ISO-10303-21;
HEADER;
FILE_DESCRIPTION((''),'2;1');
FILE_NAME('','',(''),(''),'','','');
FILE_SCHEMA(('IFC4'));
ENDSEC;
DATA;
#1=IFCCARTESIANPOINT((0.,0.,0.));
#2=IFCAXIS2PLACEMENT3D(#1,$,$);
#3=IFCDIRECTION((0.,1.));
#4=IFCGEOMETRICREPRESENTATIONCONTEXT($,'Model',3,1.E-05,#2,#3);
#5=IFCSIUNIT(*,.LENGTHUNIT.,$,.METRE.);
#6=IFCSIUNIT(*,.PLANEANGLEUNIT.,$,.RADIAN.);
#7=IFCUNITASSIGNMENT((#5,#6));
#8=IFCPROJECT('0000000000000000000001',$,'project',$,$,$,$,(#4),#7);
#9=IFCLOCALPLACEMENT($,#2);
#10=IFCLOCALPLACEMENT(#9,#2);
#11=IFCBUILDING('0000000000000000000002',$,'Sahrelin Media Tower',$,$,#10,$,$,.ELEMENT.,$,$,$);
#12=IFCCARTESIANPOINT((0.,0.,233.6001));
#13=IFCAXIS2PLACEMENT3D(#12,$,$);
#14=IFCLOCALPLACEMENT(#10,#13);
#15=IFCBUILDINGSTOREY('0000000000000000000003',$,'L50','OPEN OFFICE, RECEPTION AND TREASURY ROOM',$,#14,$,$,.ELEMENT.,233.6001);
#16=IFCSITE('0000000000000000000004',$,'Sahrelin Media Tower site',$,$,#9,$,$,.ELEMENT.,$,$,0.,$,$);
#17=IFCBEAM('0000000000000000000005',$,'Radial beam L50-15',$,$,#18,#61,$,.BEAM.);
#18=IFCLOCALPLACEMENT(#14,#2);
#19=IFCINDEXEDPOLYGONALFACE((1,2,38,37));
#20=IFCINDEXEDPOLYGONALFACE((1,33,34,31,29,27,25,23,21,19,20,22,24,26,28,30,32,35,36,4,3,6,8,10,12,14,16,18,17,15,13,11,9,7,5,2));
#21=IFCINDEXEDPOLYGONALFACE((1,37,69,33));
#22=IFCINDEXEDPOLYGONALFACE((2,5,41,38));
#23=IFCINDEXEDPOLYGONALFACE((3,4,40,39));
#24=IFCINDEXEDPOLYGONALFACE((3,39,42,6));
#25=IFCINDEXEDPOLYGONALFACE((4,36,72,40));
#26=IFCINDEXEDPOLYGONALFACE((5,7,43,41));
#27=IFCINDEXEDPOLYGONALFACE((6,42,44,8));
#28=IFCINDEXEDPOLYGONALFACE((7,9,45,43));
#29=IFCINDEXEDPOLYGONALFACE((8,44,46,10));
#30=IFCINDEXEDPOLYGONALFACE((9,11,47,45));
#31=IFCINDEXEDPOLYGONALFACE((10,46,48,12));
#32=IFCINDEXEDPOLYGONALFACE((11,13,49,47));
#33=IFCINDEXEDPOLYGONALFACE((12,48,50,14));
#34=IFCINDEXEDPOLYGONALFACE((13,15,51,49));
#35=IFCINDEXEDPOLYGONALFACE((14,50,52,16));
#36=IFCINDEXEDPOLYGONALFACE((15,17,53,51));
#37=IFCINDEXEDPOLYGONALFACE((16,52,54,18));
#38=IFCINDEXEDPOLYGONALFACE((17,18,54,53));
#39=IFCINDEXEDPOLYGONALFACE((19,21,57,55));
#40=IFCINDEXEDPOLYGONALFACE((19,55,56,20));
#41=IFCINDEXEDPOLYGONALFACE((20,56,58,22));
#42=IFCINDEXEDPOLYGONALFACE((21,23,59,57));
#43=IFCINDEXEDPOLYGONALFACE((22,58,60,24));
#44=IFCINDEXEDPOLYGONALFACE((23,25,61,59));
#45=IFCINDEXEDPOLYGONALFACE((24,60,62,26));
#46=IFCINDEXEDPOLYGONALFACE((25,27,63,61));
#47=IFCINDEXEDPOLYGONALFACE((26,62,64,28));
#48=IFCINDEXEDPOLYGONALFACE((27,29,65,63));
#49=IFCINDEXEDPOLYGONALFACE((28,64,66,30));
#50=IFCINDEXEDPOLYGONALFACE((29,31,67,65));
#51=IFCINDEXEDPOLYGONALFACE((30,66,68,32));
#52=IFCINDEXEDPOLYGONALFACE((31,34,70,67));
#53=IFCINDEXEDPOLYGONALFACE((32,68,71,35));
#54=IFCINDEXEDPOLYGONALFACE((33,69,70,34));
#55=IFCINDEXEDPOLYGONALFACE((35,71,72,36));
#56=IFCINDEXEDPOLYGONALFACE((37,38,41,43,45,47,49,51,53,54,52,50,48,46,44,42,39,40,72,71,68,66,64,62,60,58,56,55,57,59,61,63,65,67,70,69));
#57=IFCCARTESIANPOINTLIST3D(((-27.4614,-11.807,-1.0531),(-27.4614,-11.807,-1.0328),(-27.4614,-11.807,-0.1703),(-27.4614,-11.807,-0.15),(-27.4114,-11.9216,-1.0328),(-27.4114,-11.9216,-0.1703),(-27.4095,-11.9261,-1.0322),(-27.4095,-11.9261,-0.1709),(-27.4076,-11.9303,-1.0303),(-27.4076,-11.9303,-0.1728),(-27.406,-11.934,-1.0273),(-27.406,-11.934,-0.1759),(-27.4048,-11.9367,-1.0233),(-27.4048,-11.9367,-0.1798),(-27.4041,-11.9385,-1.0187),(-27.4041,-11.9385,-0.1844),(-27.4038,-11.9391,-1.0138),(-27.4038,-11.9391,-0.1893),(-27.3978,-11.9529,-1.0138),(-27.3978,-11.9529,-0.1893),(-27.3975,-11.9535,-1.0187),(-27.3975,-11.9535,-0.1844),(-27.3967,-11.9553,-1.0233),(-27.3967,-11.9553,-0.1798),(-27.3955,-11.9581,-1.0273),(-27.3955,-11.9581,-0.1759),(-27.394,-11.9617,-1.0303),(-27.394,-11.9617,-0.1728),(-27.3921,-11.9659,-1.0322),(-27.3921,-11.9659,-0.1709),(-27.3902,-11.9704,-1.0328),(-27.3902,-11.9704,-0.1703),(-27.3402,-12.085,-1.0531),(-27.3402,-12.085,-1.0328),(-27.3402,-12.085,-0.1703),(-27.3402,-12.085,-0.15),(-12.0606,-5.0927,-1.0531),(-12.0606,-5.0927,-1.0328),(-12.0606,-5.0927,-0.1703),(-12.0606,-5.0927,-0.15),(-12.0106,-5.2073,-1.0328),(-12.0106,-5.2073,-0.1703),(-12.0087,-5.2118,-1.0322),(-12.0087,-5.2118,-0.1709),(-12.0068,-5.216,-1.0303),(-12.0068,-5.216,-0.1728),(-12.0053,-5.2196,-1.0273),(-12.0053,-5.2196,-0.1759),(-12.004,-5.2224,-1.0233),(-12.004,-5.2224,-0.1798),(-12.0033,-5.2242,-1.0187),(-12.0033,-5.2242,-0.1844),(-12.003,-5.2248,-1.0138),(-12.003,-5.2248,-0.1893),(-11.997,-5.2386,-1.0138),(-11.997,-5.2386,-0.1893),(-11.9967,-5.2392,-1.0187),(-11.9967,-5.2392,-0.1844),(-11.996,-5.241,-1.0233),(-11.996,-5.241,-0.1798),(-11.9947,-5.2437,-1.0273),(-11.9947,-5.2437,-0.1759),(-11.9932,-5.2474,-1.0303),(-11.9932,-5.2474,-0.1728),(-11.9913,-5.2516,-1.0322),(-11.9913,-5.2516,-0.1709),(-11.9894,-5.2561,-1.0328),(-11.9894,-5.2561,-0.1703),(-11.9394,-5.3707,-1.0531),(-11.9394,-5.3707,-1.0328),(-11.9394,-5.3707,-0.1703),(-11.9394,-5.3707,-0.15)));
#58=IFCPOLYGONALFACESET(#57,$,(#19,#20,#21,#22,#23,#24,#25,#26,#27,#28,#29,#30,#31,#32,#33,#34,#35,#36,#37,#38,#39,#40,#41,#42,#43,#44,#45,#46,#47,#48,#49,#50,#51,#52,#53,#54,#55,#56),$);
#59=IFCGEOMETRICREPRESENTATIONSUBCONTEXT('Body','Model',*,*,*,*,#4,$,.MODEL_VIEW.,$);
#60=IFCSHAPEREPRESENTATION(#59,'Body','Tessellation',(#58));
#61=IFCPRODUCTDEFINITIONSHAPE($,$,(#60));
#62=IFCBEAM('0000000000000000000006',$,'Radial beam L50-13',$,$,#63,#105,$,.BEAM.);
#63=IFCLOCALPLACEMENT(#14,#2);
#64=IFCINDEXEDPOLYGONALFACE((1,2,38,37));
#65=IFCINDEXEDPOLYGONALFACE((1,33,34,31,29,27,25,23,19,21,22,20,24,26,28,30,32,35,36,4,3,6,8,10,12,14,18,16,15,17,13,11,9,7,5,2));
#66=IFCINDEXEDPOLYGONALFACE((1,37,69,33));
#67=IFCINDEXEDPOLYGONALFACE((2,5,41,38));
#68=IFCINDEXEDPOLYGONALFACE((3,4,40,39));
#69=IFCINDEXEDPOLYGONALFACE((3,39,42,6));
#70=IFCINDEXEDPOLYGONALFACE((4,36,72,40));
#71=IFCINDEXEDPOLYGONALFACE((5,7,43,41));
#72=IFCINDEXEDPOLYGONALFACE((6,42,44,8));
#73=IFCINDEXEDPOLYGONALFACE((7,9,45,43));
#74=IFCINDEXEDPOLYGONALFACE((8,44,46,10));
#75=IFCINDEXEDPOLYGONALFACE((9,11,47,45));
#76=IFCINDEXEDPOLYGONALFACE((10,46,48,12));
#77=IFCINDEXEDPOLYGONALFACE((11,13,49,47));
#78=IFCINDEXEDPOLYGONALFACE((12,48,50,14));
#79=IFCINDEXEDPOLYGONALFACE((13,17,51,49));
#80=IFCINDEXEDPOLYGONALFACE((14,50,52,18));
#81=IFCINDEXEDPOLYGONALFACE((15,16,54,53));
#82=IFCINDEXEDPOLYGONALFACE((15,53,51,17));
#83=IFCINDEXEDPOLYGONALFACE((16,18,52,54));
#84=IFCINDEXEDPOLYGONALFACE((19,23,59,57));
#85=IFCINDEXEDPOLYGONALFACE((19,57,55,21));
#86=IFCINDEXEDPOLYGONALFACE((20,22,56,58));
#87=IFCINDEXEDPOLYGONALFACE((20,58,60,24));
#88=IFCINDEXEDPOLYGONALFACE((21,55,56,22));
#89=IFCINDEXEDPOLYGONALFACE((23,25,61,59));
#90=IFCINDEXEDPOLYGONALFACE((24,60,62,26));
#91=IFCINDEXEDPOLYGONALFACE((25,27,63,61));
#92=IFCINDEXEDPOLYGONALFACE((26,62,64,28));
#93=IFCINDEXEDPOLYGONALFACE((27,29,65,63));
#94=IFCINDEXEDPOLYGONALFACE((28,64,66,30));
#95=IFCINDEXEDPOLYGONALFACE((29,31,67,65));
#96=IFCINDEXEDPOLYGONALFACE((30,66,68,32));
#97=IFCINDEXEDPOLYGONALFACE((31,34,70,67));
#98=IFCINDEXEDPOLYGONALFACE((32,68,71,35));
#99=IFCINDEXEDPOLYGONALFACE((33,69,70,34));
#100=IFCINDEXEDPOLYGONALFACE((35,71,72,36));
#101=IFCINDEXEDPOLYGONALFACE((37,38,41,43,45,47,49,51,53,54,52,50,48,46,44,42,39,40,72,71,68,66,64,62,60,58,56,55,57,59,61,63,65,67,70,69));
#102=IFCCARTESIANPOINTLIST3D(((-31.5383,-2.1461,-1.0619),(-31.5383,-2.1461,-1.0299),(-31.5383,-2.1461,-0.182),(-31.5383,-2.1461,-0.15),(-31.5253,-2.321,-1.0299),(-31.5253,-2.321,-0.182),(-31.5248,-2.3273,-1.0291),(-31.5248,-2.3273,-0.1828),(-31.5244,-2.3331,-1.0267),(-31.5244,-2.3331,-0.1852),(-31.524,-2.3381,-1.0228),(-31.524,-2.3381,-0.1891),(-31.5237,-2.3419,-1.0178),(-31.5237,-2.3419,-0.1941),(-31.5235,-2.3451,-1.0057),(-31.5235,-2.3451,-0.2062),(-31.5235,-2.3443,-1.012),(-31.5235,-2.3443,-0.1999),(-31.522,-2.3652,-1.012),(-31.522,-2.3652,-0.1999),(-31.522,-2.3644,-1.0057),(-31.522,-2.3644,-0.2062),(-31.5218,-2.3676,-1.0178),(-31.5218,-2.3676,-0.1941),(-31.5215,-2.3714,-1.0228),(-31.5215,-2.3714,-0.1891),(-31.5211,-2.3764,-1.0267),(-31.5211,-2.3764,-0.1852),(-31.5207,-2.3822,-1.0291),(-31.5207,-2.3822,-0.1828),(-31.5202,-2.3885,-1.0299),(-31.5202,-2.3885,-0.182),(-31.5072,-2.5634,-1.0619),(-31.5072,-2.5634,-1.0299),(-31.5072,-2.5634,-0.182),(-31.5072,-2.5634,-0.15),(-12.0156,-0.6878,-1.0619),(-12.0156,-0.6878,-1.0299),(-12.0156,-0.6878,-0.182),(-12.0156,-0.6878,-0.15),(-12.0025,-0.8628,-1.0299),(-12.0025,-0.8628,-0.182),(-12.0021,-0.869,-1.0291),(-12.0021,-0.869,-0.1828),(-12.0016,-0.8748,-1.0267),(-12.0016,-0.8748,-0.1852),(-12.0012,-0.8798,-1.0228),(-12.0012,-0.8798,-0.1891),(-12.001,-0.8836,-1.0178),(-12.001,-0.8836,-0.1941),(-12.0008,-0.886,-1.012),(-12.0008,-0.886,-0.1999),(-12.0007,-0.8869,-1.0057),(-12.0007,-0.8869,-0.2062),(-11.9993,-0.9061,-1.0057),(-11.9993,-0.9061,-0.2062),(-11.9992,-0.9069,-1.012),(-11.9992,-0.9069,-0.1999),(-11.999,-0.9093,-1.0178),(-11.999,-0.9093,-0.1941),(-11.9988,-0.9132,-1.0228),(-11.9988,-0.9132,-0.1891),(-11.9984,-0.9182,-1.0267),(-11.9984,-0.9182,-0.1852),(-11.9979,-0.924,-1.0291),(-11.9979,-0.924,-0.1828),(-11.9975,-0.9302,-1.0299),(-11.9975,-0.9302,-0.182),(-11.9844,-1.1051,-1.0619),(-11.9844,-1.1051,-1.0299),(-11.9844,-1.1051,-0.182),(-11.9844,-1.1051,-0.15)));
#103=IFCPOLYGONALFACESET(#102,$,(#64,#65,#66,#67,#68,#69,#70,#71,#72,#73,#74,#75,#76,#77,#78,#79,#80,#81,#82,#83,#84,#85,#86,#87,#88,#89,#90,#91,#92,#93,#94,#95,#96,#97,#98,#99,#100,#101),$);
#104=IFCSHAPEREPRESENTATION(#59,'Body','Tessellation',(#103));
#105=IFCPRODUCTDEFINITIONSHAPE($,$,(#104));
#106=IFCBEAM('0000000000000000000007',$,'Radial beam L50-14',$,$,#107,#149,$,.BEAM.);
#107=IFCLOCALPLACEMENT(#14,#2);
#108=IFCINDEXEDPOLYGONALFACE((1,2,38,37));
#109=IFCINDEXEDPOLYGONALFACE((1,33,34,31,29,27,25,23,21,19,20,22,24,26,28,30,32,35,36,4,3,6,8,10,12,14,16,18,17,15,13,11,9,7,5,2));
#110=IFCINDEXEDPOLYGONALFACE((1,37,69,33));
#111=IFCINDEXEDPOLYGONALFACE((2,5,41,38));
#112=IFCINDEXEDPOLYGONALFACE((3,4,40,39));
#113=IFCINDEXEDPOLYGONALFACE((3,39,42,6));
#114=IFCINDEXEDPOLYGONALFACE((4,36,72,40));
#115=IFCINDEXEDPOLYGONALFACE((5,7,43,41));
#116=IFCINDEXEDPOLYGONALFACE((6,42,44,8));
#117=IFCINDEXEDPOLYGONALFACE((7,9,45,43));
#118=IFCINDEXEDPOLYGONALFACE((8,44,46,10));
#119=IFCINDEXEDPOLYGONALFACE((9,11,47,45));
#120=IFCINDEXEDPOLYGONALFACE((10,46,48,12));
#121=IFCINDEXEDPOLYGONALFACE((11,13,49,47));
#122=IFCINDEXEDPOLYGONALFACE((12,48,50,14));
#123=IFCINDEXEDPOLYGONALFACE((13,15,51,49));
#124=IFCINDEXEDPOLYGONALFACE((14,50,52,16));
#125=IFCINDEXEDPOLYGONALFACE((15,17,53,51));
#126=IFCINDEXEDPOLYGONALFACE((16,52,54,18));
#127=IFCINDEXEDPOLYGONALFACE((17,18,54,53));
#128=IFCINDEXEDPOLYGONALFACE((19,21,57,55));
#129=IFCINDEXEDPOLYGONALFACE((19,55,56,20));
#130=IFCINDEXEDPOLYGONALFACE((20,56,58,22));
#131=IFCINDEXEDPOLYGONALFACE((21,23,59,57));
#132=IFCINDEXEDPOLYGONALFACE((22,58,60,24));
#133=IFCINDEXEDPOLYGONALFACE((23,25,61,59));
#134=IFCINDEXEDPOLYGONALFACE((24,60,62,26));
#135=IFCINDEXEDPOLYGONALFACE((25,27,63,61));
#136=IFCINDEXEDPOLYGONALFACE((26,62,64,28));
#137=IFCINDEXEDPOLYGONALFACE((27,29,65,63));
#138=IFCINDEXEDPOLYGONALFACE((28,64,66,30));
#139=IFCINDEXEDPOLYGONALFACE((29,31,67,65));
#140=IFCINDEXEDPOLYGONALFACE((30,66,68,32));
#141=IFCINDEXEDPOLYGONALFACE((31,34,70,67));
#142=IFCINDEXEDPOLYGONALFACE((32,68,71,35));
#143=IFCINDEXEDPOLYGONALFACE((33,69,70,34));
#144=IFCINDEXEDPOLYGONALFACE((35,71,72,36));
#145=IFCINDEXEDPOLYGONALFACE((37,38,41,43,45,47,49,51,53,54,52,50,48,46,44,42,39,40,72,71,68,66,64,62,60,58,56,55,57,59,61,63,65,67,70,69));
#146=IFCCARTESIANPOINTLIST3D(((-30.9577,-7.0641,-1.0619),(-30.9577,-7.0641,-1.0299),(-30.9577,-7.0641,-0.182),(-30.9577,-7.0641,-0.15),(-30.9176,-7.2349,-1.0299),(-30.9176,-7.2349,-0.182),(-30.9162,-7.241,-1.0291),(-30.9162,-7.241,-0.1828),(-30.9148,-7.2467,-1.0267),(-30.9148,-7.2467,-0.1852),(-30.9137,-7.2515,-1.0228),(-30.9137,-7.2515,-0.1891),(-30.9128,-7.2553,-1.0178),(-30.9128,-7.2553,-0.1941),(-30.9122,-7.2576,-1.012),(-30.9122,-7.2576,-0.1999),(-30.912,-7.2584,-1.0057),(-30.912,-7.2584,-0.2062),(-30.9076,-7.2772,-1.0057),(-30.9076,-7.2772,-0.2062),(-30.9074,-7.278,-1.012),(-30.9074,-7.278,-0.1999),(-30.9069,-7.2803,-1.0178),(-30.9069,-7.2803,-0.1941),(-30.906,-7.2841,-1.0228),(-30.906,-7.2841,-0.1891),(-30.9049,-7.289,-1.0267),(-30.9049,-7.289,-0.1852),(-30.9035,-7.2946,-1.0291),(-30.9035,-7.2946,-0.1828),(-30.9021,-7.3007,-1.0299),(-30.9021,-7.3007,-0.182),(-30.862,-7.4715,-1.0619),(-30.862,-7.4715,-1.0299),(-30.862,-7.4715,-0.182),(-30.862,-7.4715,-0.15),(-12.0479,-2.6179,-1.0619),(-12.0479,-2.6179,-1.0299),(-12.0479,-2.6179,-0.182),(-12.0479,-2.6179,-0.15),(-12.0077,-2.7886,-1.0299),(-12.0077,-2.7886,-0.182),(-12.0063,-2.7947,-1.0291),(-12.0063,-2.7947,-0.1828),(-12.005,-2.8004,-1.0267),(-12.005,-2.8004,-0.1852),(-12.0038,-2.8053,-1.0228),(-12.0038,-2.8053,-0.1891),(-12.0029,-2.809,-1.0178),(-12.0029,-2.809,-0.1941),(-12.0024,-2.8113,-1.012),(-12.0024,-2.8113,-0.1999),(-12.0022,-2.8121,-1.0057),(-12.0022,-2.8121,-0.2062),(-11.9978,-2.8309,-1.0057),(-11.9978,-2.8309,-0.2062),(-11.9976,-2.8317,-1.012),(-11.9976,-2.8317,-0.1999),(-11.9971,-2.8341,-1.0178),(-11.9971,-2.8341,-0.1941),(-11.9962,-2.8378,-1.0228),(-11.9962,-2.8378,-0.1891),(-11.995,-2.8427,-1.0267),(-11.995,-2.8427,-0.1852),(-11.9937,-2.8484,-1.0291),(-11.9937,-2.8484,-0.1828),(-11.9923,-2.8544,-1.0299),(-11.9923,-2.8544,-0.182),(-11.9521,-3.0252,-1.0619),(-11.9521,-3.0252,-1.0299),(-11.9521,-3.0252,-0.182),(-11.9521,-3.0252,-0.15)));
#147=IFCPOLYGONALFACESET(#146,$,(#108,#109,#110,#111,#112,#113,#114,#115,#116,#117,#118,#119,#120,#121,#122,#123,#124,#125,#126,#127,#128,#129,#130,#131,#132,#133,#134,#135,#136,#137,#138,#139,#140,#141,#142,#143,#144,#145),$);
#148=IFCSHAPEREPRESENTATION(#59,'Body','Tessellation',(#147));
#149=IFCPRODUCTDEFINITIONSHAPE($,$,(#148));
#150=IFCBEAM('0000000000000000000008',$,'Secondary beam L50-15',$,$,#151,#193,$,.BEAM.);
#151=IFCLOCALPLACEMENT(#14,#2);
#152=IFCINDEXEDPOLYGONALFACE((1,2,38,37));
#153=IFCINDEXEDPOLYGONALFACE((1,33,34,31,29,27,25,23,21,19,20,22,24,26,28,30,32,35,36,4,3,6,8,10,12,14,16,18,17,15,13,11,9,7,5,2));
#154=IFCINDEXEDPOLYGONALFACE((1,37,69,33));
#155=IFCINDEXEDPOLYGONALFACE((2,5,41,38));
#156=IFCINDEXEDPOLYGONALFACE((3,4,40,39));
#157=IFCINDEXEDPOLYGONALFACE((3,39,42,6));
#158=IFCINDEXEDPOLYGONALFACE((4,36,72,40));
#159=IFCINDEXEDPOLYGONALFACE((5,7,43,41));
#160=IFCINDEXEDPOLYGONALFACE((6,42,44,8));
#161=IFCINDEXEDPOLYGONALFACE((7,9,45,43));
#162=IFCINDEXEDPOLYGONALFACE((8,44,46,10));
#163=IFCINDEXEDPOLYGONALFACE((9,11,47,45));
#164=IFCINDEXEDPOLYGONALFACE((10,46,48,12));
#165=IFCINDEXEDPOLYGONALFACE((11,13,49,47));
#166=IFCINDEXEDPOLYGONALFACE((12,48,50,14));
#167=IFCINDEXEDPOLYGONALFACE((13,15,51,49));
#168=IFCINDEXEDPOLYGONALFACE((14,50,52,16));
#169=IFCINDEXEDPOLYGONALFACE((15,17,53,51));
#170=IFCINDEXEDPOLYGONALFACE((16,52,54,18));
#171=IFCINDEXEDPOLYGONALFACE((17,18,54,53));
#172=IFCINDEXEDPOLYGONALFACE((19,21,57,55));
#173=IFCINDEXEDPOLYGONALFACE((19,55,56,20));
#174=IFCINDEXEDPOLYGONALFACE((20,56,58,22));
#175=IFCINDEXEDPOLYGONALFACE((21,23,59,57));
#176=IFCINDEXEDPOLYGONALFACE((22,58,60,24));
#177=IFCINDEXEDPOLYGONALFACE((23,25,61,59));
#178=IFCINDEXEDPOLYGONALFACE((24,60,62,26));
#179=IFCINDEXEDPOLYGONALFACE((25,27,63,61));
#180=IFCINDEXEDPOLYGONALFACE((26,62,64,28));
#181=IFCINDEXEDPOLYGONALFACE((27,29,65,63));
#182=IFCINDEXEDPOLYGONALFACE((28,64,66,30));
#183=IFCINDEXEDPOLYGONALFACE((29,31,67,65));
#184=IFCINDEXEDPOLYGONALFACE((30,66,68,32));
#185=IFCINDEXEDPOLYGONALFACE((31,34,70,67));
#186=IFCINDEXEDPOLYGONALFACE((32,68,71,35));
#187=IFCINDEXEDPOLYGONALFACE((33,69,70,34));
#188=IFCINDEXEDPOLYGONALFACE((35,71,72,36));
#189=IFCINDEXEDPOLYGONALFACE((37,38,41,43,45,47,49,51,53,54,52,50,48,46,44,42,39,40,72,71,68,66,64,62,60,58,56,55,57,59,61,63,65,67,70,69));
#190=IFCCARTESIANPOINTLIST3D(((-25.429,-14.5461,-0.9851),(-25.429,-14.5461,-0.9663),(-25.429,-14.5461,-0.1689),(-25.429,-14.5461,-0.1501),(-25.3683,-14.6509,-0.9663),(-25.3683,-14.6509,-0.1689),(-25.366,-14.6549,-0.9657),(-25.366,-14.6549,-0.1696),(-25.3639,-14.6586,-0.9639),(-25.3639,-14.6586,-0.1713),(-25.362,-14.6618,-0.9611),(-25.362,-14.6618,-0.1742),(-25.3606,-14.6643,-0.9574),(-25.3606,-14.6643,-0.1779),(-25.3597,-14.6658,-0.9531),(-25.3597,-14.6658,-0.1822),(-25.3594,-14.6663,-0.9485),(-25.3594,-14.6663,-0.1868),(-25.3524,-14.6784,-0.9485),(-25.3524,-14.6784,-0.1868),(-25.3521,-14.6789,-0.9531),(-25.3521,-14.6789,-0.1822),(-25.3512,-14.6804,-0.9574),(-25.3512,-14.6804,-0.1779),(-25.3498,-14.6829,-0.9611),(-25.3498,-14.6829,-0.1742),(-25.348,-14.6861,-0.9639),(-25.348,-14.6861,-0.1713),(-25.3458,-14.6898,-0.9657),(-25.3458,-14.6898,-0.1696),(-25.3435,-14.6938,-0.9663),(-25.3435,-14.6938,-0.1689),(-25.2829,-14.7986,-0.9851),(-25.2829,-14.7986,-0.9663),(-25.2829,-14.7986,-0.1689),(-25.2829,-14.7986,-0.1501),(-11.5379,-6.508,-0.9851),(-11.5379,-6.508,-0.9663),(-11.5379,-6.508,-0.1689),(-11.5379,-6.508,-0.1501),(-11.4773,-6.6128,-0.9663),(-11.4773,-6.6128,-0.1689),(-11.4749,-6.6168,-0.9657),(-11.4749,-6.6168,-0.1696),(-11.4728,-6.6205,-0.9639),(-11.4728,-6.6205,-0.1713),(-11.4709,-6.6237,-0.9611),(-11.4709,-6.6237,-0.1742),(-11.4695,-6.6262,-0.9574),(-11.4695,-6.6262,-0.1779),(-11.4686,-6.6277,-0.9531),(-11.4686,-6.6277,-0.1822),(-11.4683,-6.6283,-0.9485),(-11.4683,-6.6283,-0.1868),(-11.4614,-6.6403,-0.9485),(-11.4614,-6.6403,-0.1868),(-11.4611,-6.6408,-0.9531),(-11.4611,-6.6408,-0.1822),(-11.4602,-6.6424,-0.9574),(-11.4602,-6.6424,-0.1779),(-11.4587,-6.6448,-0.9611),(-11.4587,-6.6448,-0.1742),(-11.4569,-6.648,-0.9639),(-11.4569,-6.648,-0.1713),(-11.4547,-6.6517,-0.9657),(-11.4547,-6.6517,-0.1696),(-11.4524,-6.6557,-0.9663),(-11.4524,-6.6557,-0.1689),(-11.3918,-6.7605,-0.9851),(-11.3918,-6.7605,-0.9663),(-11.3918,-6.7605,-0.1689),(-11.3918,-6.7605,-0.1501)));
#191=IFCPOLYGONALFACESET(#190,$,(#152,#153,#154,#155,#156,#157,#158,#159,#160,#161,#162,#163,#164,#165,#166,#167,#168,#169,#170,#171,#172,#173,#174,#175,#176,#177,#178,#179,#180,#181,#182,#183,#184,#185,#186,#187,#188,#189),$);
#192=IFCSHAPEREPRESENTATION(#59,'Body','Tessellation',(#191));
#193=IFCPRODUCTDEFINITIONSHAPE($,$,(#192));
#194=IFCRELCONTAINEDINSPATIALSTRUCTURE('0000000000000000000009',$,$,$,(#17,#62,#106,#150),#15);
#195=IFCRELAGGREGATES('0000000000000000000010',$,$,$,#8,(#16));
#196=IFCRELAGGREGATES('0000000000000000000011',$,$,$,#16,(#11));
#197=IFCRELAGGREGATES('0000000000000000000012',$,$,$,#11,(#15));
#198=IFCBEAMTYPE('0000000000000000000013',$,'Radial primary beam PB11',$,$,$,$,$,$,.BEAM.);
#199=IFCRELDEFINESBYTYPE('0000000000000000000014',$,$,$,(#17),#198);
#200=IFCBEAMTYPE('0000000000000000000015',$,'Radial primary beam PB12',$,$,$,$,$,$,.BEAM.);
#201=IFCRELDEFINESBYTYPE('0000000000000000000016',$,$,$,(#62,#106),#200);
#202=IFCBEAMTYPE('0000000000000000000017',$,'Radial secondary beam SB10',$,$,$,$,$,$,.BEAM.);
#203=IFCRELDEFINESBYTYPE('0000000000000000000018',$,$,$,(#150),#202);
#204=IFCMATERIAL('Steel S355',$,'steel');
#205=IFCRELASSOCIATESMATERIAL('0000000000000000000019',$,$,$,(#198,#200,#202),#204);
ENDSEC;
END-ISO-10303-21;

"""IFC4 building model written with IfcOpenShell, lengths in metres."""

from ifc_helpers import new_model, si_unit, direction, frame, origin, origin_2d, place, context, subcontext, project, spatial, i_section, extrude, material, material_profile, profile_set, type_object, element, save


model = new_model("IFC4")

# Units and contexts
model_context = context("Model", 3, precision=1e-05, world=origin(), true_north=direction((0.0, 1.0)))
body_context = subcontext(model_context, "Body", "Model", "MODEL_VIEW")
ifc_project = project(units=[si_unit("LENGTHUNIT", "METRE"), si_unit("PLANEANGLEUNIT", "RADIAN")], contexts=[model_context])

# Site, building, storey
site_placement = place(None, origin())
site = spatial("IfcSite", under=ifc_project, at=site_placement, Name="Sahrelin Media Tower site", CompositionType="ELEMENT", RefElevation=0.0)
building_placement = place(site_placement, origin())
building = spatial("IfcBuilding", under=site, at=building_placement, Name="Sahrelin Media Tower", CompositionType="ELEMENT")
storey_placement = place(building_placement, frame((0.0, 0.0, 233.6001)))
storey = spatial("IfcBuildingStorey", under=building, at=storey_placement, Name="L50", Description="OPEN OFFICE, RECEPTION AND TREASURY ROOM", CompositionType="ELEMENT", Elevation=233.6001)

# Beams
ifc_material_1 = material(Name="Steel S355", Category="steel")
ifc_material_profile_1 = material_profile(ifc_material_1, i_section(OverallWidth=0.3032, OverallDepth=0.9031, WebThickness=0.0151, FlangeThickness=0.0203, FilletRadius=0.019, at=origin_2d()), Name="UB 914x305x201")
ifc_profile_set_1 = profile_set([ifc_material_profile_1], Name="Steel S355")
beam_type_1 = type_object("IfcBeamType", Name="Radial primary beam PB11", PredefinedType="BEAM", material=ifc_profile_set_1)
beam_1_placement = place(storey_placement, frame((-12.0, -5.2317, -0.6016), z_axis=(-0.916671, -0.399643, 0.0), x_axis=(0.399643, -0.916671, 0.0)))
element("IfcBeam", 1, at=beam_1_placement, inside=storey, type_object=beam_type_1, Name="Radial beam L50-15", PredefinedType="BEAM", context=body_context, shape_type="SweptSolid", body=[
    extrude(i_section(OverallWidth=0.3032, OverallDepth=0.9031, WebThickness=0.0151, FlangeThickness=0.0203, FilletRadius=0.019, at=origin_2d()), origin(), (0.0, 0.0, 1.0), 16.8008),
])
ifc_material_profile_2 = material_profile(ifc_material_1, i_section(OverallWidth=0.4185, OverallDepth=0.9119, WebThickness=0.0193, FlangeThickness=0.032, FilletRadius=0.0242, at=origin_2d()), Name="UB 914x419x343")
ifc_profile_set_2 = profile_set([ifc_material_profile_2], Name="Steel S355")
beam_type_2 = type_object("IfcBeamType", Name="Radial primary beam PB12", PredefinedType="BEAM", material=ifc_profile_set_2)
beam_2_placement = place(storey_placement, frame((-12.0, -0.8965, -0.606), z_axis=(-0.997222, -0.074488, 0.0), x_axis=(0.074488, -0.997222, 0.0)))
element("IfcBeam", 2, at=beam_2_placement, inside=storey, type_object=beam_type_2, Name="Radial beam L50-13", PredefinedType="BEAM", context=body_context, shape_type="SweptSolid", body=[
    extrude(i_section(OverallWidth=0.4185, OverallDepth=0.9119, WebThickness=0.0193, FlangeThickness=0.032, FilletRadius=0.0242, at=origin_2d()), origin(), (0.0, 0.0, 1.0), 19.5771),
])
beam_3_placement = place(storey_placement, frame((-12.0, -2.8215, -0.606), z_axis=(-0.973453, -0.228888, 0.0), x_axis=(0.228888, -0.973453, 0.0)))
element("IfcBeam", 3, at=beam_3_placement, inside=storey, type_object=beam_type_2, Name="Radial beam L50-14", PredefinedType="BEAM", context=body_context, shape_type="SweptSolid", body=[
    extrude(i_section(OverallWidth=0.4185, OverallDepth=0.9119, WebThickness=0.0193, FlangeThickness=0.032, FilletRadius=0.0242, at=origin_2d()), origin(), (0.0, 0.0, 1.0), 19.4255),
])
ifc_material_profile_3 = material_profile(ifc_material_1, i_section(OverallWidth=0.2917, OverallDepth=0.835, WebThickness=0.0139, FlangeThickness=0.0188, FilletRadius=0.0178, at=origin_2d()), Name="UB 838x292x176")
ifc_profile_set_3 = profile_set([ifc_material_profile_3], Name="Steel S355")
beam_type_3 = type_object("IfcBeamType", Name="Radial secondary beam SB10", PredefinedType="BEAM", material=ifc_profile_set_3)
beam_4_placement = place(storey_placement, frame((-11.4648, -6.6343, -0.5676), z_axis=(-0.865538, -0.500843, 0.0), x_axis=(0.500843, -0.865538, 0.0)))
element("IfcBeam", 4, at=beam_4_placement, inside=storey, type_object=beam_type_3, Name="Secondary beam L50-15", PredefinedType="BEAM", context=body_context, shape_type="SweptSolid", body=[
    extrude(i_section(OverallWidth=0.2917, OverallDepth=0.835, WebThickness=0.0139, FlangeThickness=0.0188, FilletRadius=0.0178, at=origin_2d()), origin(), (0.0, 0.0, 1.0), 16.0491),
])

save(model, "model.ifc")
